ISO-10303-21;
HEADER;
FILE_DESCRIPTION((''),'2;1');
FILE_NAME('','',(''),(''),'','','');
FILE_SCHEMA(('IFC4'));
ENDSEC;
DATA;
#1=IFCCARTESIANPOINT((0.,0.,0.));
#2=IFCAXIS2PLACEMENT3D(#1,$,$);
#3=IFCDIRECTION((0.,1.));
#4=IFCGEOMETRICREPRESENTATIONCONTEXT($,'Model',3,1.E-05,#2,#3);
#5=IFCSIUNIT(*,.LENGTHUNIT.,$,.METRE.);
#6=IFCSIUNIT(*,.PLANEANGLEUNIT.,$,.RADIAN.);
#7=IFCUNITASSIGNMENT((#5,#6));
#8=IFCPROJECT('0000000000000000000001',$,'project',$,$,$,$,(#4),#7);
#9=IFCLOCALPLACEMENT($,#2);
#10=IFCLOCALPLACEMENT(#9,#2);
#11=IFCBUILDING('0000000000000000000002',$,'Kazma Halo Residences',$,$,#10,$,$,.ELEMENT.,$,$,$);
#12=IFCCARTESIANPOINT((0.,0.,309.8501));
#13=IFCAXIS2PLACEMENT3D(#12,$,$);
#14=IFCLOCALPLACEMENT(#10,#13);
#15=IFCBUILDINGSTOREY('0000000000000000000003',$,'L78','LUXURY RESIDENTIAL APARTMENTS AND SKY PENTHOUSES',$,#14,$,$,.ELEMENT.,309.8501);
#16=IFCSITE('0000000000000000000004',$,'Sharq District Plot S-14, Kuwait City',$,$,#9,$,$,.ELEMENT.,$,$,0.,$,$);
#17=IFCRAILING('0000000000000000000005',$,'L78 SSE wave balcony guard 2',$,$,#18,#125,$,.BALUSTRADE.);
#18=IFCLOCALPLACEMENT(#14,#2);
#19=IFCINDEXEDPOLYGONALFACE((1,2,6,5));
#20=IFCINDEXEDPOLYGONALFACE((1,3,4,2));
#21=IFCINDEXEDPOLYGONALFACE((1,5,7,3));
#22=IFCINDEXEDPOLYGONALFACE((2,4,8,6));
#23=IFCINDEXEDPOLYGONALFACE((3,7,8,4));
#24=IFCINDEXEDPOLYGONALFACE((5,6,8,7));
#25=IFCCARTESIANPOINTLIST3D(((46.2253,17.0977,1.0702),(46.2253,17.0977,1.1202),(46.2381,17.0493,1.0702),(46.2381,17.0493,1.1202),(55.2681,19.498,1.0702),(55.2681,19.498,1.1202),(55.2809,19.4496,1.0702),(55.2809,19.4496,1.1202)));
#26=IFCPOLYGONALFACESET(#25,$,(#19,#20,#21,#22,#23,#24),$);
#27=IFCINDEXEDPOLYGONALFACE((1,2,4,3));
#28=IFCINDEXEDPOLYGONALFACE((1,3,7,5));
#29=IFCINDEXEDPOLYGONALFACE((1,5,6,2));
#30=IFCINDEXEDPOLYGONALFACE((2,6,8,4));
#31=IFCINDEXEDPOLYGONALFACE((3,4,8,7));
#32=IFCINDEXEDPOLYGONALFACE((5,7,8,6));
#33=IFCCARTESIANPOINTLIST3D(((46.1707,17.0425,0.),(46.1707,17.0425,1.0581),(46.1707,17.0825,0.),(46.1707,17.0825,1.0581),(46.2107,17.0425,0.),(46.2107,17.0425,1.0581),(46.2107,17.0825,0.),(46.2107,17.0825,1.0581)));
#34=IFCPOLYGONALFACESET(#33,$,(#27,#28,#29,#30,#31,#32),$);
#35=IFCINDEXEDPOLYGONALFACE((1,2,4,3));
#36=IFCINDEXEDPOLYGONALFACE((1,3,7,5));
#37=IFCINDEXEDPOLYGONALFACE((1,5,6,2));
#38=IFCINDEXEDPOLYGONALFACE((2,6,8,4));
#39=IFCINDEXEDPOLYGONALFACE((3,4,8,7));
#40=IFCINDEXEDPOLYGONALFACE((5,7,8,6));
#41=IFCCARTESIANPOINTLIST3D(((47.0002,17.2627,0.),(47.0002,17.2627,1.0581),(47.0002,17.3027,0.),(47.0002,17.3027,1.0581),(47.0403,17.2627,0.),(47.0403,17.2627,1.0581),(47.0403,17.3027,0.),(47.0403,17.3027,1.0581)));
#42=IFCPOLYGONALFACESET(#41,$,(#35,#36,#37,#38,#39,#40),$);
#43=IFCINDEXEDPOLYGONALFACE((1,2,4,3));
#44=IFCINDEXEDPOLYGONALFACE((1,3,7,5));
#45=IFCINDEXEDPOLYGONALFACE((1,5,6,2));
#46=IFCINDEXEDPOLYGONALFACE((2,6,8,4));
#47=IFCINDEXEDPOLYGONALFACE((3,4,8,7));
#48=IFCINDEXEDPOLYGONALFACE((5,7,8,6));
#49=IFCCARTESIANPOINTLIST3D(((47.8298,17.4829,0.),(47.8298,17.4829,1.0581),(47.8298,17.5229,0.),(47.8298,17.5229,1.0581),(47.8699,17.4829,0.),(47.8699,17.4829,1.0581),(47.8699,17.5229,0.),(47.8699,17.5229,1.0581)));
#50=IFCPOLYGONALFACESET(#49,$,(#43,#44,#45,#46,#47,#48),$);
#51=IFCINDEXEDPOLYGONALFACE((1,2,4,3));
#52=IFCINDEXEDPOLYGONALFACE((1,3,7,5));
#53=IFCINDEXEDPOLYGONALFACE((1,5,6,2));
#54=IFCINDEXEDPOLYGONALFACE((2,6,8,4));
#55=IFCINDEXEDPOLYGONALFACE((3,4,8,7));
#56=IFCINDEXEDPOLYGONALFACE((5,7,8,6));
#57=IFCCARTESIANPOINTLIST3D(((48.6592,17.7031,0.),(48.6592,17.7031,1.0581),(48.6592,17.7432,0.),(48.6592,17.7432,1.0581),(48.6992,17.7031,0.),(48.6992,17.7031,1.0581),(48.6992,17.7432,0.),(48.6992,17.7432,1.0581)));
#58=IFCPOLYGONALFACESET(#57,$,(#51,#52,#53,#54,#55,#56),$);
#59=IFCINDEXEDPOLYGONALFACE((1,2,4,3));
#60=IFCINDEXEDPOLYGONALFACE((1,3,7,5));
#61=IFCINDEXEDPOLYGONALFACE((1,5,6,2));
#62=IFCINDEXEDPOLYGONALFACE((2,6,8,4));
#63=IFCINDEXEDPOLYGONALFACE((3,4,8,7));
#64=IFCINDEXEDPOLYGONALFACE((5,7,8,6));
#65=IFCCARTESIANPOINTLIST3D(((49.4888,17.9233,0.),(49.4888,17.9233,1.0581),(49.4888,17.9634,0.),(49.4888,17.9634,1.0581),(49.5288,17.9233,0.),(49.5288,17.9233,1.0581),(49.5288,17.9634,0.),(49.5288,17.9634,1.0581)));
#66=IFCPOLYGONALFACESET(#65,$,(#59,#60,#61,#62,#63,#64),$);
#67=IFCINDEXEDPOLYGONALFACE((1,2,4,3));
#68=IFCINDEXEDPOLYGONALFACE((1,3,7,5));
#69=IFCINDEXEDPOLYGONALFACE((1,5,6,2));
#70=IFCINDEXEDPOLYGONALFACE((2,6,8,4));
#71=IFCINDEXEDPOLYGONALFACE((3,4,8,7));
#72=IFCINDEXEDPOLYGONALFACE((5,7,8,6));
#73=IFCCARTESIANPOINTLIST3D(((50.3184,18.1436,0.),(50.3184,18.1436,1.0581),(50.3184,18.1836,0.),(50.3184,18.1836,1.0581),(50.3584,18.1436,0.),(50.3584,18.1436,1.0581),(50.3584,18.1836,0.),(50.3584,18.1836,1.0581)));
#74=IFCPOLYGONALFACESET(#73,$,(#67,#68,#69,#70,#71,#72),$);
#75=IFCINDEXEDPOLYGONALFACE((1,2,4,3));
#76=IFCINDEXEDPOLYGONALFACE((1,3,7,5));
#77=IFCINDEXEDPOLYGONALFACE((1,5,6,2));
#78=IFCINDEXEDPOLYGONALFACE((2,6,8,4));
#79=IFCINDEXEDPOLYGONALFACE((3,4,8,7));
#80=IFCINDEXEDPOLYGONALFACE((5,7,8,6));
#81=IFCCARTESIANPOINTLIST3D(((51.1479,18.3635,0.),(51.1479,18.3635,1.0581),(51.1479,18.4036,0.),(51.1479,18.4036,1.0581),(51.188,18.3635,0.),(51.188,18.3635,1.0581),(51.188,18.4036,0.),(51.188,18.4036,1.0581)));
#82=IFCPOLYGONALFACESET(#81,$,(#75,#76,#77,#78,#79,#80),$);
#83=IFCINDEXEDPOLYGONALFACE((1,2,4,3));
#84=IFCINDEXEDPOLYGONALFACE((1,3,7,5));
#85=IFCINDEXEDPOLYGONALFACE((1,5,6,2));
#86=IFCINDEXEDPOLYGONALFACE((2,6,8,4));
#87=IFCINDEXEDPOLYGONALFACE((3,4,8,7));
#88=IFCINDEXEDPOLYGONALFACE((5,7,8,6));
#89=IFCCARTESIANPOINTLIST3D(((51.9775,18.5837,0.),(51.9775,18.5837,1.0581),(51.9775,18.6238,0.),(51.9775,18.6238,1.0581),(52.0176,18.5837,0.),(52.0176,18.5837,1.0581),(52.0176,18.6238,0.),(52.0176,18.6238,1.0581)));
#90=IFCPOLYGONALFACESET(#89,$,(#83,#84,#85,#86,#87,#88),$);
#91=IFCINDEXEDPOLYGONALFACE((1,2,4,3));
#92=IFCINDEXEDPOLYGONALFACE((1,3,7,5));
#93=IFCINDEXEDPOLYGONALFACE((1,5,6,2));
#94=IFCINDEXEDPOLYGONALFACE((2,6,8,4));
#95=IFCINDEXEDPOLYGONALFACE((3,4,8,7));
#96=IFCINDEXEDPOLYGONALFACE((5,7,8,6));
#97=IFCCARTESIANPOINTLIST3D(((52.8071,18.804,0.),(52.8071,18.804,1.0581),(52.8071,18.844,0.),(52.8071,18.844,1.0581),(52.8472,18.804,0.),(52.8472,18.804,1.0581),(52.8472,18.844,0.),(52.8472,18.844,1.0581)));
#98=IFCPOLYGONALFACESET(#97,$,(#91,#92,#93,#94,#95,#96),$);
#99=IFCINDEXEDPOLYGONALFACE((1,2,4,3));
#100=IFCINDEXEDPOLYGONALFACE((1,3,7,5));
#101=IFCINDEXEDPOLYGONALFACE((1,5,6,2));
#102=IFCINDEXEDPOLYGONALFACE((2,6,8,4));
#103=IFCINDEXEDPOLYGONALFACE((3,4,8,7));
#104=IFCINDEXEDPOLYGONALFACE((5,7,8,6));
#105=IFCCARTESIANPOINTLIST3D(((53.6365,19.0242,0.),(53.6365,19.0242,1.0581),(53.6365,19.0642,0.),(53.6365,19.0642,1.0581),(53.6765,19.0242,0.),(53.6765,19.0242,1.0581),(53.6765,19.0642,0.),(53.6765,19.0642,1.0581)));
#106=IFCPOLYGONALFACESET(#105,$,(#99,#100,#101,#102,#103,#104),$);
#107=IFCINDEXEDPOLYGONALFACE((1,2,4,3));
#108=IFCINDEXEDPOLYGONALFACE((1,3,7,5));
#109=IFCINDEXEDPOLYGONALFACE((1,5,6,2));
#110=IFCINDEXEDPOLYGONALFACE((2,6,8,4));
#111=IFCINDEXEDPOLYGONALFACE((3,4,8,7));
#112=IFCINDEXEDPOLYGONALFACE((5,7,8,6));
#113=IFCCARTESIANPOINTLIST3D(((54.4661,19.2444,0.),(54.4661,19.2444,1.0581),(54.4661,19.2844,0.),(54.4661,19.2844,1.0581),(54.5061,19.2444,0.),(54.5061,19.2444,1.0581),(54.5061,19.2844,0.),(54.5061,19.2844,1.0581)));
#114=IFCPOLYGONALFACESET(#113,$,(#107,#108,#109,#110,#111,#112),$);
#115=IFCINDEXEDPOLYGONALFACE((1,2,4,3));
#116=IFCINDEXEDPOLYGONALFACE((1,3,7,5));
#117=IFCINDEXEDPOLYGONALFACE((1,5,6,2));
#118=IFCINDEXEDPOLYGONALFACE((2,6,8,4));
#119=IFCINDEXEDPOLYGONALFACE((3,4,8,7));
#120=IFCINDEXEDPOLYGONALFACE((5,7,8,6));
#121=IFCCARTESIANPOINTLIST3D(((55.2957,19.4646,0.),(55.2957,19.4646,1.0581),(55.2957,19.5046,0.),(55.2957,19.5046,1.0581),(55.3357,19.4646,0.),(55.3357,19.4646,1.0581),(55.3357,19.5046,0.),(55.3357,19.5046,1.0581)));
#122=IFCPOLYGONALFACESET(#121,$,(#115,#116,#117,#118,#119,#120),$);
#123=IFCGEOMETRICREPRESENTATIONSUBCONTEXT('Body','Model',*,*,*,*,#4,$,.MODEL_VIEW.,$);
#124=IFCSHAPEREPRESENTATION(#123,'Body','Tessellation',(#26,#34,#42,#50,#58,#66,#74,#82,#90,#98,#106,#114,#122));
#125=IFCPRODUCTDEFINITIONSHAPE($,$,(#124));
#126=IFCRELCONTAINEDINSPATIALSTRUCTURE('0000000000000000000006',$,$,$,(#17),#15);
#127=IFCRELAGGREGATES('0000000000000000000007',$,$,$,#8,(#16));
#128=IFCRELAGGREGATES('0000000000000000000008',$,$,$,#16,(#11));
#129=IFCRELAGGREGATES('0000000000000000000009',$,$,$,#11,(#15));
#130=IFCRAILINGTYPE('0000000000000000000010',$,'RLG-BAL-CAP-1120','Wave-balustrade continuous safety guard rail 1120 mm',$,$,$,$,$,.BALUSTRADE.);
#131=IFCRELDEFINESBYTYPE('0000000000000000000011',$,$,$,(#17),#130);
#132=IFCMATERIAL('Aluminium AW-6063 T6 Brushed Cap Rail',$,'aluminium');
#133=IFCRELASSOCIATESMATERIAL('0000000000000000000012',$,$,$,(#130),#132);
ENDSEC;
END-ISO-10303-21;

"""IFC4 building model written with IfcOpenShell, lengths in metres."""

from ifc_helpers import new_model, si_unit, direction, frame, origin, origin_2d, place, context, subcontext, project, spatial, rectangle, extrude, material, type_object, element, save


model = new_model("IFC4")

# Units and contexts
model_context = context("Model", 3, precision=1e-05, world=origin(), true_north=direction((0.0, 1.0)))
body_context = subcontext(model_context, "Body", "Model", "MODEL_VIEW")
ifc_project = project(units=[si_unit("LENGTHUNIT", "METRE"), si_unit("PLANEANGLEUNIT", "RADIAN")], contexts=[model_context])

# Site, building, storey
site_placement = place(None, origin())
site = spatial("IfcSite", under=ifc_project, at=site_placement, Name="Sharq District Plot S-14, Kuwait City", CompositionType="ELEMENT", RefElevation=0.0)
building_placement = place(site_placement, origin())
building = spatial("IfcBuilding", under=site, at=building_placement, Name="Kazma Halo Residences", CompositionType="ELEMENT")
storey_placement = place(building_placement, frame((0.0, 0.0, 309.8501)))
storey = spatial("IfcBuildingStorey", under=building, at=storey_placement, Name="L78", Description="LUXURY RESIDENTIAL APARTMENTS AND SKY PENTHOUSES", CompositionType="ELEMENT", Elevation=309.8501)

# Railing
ifc_material_1 = material(Name="Aluminium AW-6063 T6 Brushed Cap Rail", Category="aluminium")
railing_type = type_object("IfcRailingType", Name="RLG-BAL-CAP-1120", Description="Wave-balustrade continuous safety guard rail 1120 mm", PredefinedType="BALUSTRADE", material=ifc_material_1)
railing_1_placement = place(storey_placement, frame((46.1907, 17.0625, 0.0)))
element("IfcRailing", 1, at=railing_1_placement, inside=storey, type_object=railing_type, Name="L78 SSE wave balcony guard 2", PredefinedType="BALUSTRADE", context=body_context, shape_type="SweptSolid", body=[
    extrude(rectangle(XDim=0.05, YDim=0.05, at=origin_2d()), frame((0.041, 0.011, 1.0952), z_axis=(0.96653, 0.256554, 0.0), x_axis=(-0.256554, 0.96653, 0.0)), (0.0, 0.0, 1.0), 9.356),
    extrude(rectangle(XDim=0.04, YDim=0.04, at=origin_2d()), origin(), (0.0, 0.0, 1.0), 1.0581),
    extrude(rectangle(XDim=0.04, YDim=0.04, at=origin_2d()), frame((0.8296, 0.2202, 0.0)), (0.0, 0.0, 1.0), 1.0581),
    extrude(rectangle(XDim=0.04, YDim=0.04, at=origin_2d()), frame((1.6592, 0.4404, 0.0)), (0.0, 0.0, 1.0), 1.0581),
    extrude(rectangle(XDim=0.04, YDim=0.04, at=origin_2d()), frame((2.4885, 0.6606, 0.0)), (0.0, 0.0, 1.0), 1.0581),
    extrude(rectangle(XDim=0.04, YDim=0.04, at=origin_2d()), frame((3.3181, 0.8809, 0.0)), (0.0, 0.0, 1.0), 1.0581),
    extrude(rectangle(XDim=0.04, YDim=0.04, at=origin_2d()), frame((4.1477, 1.1011, 0.0)), (0.0, 0.0, 1.0), 1.0581),
    extrude(rectangle(XDim=0.04, YDim=0.04, at=origin_2d()), frame((4.9773, 1.321, 0.0)), (0.0, 0.0, 1.0), 1.0581),
    extrude(rectangle(XDim=0.04, YDim=0.04, at=origin_2d()), frame((5.8069, 1.5413, 0.0)), (0.0, 0.0, 1.0), 1.0581),
    extrude(rectangle(XDim=0.04, YDim=0.04, at=origin_2d()), frame((6.6365, 1.7615, 0.0)), (0.0, 0.0, 1.0), 1.0581),
    extrude(rectangle(XDim=0.04, YDim=0.04, at=origin_2d()), frame((7.4658, 1.9817, 0.0)), (0.0, 0.0, 1.0), 1.0581),
    extrude(rectangle(XDim=0.04, YDim=0.04, at=origin_2d()), frame((8.2954, 2.2019, 0.0)), (0.0, 0.0, 1.0), 1.0581),
    extrude(rectangle(XDim=0.04, YDim=0.04, at=origin_2d()), frame((9.125, 2.4221, 0.0)), (0.0, 0.0, 1.0), 1.0581),
])

save(model, "model.ifc")
